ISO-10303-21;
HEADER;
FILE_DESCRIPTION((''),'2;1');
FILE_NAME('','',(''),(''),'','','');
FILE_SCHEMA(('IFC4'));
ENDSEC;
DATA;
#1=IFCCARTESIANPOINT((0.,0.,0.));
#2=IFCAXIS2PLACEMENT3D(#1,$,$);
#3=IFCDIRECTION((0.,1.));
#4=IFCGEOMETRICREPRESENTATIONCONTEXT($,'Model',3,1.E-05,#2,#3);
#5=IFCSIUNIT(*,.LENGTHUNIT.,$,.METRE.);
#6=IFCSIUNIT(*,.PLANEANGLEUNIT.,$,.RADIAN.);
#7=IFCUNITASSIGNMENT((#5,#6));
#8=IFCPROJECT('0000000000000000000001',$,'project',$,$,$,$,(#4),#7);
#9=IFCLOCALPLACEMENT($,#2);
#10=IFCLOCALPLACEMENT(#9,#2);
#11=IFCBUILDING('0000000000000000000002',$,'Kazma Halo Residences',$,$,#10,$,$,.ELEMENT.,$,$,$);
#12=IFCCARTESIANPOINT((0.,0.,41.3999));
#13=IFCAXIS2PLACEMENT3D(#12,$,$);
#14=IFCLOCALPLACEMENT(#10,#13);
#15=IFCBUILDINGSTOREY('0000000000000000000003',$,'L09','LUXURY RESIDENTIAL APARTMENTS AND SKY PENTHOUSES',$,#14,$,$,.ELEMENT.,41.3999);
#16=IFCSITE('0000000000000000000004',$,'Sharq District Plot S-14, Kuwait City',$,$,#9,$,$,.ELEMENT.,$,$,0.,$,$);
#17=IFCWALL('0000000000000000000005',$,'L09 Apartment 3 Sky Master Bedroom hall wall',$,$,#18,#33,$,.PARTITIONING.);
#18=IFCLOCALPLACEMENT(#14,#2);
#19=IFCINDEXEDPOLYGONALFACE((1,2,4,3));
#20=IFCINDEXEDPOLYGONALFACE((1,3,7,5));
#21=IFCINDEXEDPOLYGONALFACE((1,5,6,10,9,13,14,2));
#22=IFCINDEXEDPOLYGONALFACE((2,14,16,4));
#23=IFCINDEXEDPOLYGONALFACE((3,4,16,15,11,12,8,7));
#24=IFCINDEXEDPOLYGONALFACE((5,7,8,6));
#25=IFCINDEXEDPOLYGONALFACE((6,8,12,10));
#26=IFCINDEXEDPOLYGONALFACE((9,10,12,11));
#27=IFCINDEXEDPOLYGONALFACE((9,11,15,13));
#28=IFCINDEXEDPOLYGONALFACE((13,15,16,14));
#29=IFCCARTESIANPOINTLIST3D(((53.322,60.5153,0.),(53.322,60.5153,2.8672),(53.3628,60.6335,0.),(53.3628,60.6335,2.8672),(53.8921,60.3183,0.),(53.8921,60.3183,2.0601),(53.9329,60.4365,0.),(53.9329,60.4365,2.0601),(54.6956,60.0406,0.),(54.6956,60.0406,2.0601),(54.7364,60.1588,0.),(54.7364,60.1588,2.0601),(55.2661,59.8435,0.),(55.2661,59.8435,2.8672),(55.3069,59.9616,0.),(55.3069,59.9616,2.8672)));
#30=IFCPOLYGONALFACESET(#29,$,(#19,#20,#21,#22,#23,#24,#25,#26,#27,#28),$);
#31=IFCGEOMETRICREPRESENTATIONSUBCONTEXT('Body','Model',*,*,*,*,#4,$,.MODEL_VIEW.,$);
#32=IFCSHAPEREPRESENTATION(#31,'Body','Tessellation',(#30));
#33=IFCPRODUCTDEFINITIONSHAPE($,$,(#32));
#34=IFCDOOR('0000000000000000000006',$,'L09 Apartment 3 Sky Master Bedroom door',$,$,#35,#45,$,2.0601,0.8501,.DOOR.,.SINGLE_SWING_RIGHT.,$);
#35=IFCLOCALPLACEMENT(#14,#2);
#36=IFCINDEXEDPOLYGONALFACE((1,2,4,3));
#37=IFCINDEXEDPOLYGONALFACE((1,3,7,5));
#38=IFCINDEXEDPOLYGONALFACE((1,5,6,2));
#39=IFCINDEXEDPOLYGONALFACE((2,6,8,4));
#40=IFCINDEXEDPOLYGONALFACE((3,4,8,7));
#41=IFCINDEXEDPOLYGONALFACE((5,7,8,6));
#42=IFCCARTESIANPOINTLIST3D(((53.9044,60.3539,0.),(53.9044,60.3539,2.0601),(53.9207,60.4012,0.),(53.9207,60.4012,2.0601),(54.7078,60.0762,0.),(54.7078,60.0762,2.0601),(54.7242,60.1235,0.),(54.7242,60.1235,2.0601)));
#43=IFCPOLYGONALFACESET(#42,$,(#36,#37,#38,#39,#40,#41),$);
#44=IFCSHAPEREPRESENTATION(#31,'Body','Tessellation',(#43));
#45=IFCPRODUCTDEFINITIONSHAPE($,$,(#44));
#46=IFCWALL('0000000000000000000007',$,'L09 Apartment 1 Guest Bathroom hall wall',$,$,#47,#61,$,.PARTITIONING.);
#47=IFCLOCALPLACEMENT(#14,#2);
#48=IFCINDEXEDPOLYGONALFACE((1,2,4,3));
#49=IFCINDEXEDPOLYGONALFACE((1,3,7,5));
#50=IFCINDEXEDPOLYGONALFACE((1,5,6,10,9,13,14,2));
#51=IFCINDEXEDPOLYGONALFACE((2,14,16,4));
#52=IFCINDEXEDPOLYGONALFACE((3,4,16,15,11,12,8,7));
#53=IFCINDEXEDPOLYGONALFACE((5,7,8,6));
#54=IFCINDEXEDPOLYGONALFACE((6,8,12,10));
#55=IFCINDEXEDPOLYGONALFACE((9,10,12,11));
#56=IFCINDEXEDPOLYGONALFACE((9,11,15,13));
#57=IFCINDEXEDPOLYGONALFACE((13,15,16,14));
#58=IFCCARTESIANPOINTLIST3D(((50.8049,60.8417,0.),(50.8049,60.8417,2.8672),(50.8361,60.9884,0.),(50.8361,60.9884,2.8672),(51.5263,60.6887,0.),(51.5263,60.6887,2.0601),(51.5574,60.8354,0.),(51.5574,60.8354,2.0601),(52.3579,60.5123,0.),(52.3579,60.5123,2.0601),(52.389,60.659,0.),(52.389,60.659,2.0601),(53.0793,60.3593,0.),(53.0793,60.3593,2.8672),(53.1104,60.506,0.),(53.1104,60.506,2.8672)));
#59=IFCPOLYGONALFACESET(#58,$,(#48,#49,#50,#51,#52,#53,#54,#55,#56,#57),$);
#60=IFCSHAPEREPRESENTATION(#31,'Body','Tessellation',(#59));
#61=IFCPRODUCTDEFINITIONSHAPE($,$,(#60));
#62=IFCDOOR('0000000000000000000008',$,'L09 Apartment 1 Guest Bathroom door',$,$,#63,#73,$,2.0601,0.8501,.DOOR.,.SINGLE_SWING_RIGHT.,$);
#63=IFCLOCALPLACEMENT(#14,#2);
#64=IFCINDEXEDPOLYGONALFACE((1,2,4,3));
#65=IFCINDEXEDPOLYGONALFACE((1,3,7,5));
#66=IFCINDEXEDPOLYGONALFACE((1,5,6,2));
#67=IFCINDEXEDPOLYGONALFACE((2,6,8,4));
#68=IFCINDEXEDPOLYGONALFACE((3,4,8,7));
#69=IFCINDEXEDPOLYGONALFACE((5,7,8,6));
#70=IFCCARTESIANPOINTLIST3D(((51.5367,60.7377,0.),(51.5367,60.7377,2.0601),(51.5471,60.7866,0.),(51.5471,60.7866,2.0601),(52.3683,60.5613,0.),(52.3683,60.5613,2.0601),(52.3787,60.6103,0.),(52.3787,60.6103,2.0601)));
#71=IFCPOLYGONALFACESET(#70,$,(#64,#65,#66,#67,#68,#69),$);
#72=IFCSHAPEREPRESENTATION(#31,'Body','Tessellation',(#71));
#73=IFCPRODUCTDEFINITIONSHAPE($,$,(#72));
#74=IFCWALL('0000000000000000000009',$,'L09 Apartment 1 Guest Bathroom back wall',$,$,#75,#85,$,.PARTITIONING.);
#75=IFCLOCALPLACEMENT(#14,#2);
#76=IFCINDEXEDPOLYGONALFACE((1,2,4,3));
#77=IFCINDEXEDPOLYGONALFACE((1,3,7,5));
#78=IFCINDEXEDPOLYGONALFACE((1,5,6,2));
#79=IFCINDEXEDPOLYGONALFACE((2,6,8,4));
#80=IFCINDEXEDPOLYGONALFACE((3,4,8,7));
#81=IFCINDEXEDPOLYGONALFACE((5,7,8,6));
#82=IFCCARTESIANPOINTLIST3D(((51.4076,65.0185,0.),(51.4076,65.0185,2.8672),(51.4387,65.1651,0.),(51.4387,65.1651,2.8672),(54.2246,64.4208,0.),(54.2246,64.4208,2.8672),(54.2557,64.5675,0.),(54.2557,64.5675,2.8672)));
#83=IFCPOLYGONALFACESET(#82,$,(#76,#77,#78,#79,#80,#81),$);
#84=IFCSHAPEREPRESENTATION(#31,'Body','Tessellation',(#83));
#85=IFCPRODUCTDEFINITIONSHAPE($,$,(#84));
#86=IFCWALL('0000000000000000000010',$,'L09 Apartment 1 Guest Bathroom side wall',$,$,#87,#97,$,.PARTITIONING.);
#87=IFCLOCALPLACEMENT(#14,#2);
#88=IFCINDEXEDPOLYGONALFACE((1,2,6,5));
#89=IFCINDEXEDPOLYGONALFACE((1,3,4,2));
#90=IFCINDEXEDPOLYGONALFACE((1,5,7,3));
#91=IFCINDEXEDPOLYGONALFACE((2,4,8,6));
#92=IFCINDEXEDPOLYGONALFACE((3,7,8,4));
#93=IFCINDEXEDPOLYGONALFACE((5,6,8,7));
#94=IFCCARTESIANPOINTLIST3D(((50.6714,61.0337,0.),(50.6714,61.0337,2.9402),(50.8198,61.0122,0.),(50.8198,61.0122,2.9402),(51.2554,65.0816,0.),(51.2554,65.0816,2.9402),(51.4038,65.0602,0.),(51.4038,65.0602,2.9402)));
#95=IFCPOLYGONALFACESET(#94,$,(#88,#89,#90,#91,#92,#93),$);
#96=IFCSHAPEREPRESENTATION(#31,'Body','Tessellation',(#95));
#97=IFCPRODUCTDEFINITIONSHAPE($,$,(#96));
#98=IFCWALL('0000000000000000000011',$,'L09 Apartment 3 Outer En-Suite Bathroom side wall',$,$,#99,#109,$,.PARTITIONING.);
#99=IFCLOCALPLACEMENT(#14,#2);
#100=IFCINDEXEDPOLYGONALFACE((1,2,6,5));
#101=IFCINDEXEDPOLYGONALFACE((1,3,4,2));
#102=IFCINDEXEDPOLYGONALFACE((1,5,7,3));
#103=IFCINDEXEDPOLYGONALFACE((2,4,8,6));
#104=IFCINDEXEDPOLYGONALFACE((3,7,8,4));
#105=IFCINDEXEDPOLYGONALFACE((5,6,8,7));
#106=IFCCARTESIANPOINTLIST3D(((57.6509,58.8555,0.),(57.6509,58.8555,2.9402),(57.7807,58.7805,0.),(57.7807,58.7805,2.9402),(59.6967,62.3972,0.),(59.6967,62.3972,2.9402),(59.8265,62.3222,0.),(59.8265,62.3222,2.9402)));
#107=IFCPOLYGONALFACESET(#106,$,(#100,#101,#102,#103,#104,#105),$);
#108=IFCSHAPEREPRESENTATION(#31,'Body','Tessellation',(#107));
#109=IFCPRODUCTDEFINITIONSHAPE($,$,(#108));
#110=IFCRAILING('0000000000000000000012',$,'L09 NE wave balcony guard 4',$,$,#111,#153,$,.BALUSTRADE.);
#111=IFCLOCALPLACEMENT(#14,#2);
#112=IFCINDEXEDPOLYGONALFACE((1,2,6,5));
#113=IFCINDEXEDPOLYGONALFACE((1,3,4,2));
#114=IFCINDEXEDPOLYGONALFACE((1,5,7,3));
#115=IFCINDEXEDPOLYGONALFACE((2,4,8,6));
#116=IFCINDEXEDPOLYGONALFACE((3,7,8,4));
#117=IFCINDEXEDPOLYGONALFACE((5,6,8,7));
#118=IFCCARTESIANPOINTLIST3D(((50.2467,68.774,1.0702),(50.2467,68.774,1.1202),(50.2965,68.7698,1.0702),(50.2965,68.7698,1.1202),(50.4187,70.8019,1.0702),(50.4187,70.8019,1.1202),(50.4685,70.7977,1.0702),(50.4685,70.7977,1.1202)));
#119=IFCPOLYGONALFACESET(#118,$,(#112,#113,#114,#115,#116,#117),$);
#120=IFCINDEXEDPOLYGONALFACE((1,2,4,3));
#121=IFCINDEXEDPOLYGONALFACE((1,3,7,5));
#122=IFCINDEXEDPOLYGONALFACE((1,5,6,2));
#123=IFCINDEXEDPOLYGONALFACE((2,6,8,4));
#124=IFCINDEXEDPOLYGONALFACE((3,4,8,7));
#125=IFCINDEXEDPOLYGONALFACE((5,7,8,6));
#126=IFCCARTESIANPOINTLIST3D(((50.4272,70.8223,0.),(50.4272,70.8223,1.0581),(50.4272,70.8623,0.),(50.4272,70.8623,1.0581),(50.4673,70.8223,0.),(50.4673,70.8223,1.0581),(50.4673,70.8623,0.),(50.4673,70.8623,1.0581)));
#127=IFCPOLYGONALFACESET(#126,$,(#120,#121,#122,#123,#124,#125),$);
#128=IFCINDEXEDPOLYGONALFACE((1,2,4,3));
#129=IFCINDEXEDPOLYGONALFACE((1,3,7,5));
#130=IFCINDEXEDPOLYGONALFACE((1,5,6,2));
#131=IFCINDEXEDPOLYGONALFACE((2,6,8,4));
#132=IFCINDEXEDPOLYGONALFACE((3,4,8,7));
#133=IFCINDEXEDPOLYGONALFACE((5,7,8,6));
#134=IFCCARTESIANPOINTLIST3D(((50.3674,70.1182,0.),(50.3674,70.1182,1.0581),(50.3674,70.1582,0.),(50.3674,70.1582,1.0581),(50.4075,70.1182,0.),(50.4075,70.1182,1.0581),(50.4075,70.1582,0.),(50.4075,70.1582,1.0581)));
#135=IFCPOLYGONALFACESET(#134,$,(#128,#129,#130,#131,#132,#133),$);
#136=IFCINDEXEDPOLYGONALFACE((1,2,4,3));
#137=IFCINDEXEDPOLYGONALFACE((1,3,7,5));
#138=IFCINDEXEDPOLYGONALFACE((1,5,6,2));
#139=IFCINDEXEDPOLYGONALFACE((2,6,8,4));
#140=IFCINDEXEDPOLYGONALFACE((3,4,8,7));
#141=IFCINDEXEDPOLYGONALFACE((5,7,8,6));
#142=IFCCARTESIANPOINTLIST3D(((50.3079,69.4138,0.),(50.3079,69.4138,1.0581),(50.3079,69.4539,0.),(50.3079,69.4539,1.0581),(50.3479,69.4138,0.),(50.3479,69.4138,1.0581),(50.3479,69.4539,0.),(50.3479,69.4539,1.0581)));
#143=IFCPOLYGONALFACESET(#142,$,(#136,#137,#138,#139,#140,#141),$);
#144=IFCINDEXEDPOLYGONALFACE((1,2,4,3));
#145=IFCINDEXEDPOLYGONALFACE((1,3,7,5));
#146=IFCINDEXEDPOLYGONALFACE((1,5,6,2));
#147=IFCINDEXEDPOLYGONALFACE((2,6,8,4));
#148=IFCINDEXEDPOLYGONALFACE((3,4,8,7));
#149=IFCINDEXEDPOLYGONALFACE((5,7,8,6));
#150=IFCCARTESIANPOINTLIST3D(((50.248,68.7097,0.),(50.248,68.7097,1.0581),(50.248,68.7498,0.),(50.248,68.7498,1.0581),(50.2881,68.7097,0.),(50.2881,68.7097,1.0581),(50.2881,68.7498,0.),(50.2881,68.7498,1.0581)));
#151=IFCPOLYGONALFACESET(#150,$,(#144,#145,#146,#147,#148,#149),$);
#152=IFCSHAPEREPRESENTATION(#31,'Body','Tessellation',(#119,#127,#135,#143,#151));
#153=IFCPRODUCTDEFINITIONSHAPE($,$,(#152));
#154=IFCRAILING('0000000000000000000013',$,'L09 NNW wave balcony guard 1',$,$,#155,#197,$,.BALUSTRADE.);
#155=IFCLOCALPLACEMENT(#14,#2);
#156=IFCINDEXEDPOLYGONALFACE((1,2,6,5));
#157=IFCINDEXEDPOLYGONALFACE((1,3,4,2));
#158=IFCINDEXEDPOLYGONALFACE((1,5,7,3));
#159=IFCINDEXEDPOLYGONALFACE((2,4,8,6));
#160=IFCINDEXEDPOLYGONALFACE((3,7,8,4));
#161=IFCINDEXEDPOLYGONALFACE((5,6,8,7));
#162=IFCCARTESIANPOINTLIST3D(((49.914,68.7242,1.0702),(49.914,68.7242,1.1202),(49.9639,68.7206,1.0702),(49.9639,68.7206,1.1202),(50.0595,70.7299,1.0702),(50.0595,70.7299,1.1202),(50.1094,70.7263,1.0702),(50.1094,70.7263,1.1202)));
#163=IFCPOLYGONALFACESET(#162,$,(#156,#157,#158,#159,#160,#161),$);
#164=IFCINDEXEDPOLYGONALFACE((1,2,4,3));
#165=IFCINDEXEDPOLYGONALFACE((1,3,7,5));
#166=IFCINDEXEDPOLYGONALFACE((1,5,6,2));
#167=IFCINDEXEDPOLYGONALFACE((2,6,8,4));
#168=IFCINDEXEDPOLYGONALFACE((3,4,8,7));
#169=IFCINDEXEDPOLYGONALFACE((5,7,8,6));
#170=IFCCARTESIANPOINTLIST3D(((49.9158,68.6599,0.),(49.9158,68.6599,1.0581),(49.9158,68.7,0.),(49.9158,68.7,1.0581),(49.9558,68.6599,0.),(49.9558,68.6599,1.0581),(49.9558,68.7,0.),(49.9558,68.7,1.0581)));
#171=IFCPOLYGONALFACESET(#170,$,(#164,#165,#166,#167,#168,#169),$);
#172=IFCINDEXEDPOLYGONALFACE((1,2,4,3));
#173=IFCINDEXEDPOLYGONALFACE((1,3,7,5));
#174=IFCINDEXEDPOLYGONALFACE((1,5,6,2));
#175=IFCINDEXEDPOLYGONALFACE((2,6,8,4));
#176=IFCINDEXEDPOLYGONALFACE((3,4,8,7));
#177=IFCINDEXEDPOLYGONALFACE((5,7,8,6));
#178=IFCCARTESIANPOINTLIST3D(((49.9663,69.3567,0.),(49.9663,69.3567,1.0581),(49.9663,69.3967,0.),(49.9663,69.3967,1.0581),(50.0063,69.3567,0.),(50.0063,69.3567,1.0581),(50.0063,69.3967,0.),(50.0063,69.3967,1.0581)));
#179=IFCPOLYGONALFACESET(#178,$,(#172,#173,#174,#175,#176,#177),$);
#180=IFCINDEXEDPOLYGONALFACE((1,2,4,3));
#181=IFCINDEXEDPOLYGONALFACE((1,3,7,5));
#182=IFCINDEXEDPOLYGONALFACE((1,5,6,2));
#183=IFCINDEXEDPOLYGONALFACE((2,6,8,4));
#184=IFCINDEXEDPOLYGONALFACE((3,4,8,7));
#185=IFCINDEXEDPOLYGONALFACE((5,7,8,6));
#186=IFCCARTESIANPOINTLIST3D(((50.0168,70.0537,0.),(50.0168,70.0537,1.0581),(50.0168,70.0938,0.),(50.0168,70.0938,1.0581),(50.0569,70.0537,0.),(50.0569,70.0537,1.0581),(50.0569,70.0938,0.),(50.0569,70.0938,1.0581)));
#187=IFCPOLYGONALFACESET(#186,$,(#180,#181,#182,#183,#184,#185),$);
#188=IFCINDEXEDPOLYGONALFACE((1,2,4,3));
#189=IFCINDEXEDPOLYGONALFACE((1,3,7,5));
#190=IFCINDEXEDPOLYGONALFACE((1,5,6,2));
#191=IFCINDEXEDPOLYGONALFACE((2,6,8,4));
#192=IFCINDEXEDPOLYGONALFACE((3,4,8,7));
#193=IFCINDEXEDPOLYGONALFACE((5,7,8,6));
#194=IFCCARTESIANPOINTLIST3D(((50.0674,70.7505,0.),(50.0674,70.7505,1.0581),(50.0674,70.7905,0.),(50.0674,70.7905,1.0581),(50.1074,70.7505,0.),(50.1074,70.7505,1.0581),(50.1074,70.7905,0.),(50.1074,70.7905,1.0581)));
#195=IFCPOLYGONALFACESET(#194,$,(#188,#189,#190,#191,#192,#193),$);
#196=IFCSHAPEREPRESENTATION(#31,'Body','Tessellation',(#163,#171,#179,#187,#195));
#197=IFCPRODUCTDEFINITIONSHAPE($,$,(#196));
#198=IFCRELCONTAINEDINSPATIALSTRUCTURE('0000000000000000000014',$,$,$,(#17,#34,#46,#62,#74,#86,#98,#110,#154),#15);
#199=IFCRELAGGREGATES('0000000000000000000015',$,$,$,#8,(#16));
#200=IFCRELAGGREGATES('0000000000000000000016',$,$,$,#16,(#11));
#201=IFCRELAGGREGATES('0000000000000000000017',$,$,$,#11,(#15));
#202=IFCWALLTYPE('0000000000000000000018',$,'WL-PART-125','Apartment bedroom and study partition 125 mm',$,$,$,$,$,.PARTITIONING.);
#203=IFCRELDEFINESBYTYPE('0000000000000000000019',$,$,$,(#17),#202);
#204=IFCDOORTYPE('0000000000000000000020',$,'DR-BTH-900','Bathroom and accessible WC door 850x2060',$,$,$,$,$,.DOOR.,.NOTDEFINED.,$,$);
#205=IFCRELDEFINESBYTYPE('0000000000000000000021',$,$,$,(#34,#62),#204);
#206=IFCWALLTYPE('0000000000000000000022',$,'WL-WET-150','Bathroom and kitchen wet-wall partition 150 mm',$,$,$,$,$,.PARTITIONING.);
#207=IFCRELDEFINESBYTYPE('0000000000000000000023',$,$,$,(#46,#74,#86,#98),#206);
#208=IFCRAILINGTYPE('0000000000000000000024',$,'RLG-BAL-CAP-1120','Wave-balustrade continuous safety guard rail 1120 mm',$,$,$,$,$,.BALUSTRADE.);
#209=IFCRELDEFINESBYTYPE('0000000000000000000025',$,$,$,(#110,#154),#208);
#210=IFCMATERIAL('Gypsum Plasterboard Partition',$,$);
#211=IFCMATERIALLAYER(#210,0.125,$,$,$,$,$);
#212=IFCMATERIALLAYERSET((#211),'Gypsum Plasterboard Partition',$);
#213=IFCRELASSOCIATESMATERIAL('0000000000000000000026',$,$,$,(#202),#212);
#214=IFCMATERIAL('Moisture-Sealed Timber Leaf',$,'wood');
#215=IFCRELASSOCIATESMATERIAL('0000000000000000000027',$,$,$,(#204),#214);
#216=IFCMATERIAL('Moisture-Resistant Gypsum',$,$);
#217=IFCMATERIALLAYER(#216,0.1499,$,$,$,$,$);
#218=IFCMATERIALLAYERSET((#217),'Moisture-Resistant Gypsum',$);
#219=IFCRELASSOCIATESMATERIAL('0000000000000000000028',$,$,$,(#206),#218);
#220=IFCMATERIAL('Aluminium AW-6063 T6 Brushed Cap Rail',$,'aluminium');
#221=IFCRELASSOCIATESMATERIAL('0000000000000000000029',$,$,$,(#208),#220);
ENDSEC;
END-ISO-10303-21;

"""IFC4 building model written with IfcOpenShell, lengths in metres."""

from ifc_helpers import new_model, si_unit, direction, frame, frame_2d, origin, origin_2d, place, context, subcontext, project, spatial, rectangle, extrude, material, layer, layer_set, type_object, element, fill, save


model = new_model("IFC4")

# Units and contexts
model_context = context("Model", 3, precision=1e-05, world=origin(), true_north=direction((0.0, 1.0)))
body_context = subcontext(model_context, "Body", "Model", "MODEL_VIEW")
ifc_project = project(units=[si_unit("LENGTHUNIT", "METRE"), si_unit("PLANEANGLEUNIT", "RADIAN")], contexts=[model_context])

# Site, building, storey
site_placement = place(None, origin())
site = spatial("IfcSite", under=ifc_project, at=site_placement, Name="Sharq District Plot S-14, Kuwait City", CompositionType="ELEMENT", RefElevation=0.0)
building_placement = place(site_placement, origin())
building = spatial("IfcBuilding", under=site, at=building_placement, Name="Kazma Halo Residences", CompositionType="ELEMENT")
storey_placement = place(building_placement, frame((0.0, 0.0, 41.3999)))
storey = spatial("IfcBuildingStorey", under=building, at=storey_placement, Name="L09", Description="LUXURY RESIDENTIAL APARTMENTS AND SKY PENTHOUSES", CompositionType="ELEMENT", Elevation=41.3999)

# Shared definitions
ifc_material_1 = material(Name="Gypsum Plasterboard Partition")
ifc_layer_1 = layer(ifc_material_1, 0.125)
ifc_layer_set_1 = layer_set([ifc_layer_1], Name="Gypsum Plasterboard Partition")
wall_type_1 = type_object("IfcWallType", Name="WL-PART-125", Description="Apartment bedroom and study partition 125 mm", PredefinedType="PARTITIONING", material=ifc_layer_set_1)
ifc_material_2 = material(Name="Moisture-Sealed Timber Leaf", Category="wood")
door_type = type_object("IfcDoorType", Name="DR-BTH-900", Description="Bathroom and accessible WC door 850x2060", OperationType="NOTDEFINED", PredefinedType="DOOR", material=ifc_material_2)

# Walls, openings, doors
wall_1_placement = place(storey_placement, frame((55.2864, 59.9026, 0.0), z_axis=(0.0, 0.0, 1.0), x_axis=(-0.945148, 0.326642, 0.0)))
wall_1 = element("IfcWall", 1, at=wall_1_placement, inside=storey, type_object=wall_type_1, Name="L09 Apartment 3 Sky Master Bedroom hall wall", PredefinedType="PARTITIONING", context=body_context, shape_type="SweptSolid", body=[
    extrude(rectangle(XDim=2.0569, YDim=0.125, at=frame_2d((1.0283, 0.0))), origin(), (0.0, 0.0, 1.0), 2.8672),
])
opening_1_placement = place(wall_1_placement, frame((0.6035, 0.0, 0.0)))
opening_1 = element("IfcOpeningElement", 2, at=opening_1_placement, cuts=wall_1, PredefinedType="OPENING", context=body_context, shape_type="SweptSolid", body=[
    extrude(rectangle(XDim=0.8501, YDim=2.0601, at=frame_2d((0.425, 1.03))), frame((0.0, 0.0725, 0.0), z_axis=(0.0, -1.0, 0.0), x_axis=(1.0, 0.0, 0.0)), (0.0, 0.0, 1.0), 0.145),
])
door_1_placement = place(opening_1_placement, origin())
door_1 = element("IfcDoor", 3, at=door_1_placement, inside=storey, type_object=door_type, Name="L09 Apartment 3 Sky Master Bedroom door", OperationType="SINGLE_SWING_RIGHT", OverallHeight=2.0601, OverallWidth=0.8501, PredefinedType="DOOR", context=body_context, shape_type="SweptSolid", body=[
    extrude(rectangle(XDim=0.8501, YDim=2.0601, at=frame_2d((0.425, 1.03))), frame((0.0, 0.0249, 0.0), z_axis=(0.0, -1.0, 0.0), x_axis=(1.0, 0.0, 0.0)), (0.0, 0.0, 1.0), 0.05),
])
fill(opening_1, door_1)
ifc_material_3 = material(Name="Moisture-Resistant Gypsum")
ifc_layer_2 = layer(ifc_material_3, 0.1499)
ifc_layer_set_2 = layer_set([ifc_layer_2], Name="Moisture-Resistant Gypsum")
wall_type_2 = type_object("IfcWallType", Name="WL-WET-150", Description="Bathroom and kitchen wet-wall partition 150 mm", PredefinedType="PARTITIONING", material=ifc_layer_set_2)
wall_2_placement = place(storey_placement, frame((53.095, 60.4326, 0.0), z_axis=(0.0, 0.0, 1.0), x_axis=(-0.978237, 0.207492, 0.0)))
wall_2 = element("IfcWall", 4, at=wall_2_placement, inside=storey, type_object=wall_type_2, Name="L09 Apartment 1 Guest Bathroom hall wall", PredefinedType="PARTITIONING", context=body_context, shape_type="SweptSolid", body=[
    extrude(rectangle(XDim=2.325, YDim=0.1499, at=frame_2d((1.1626, 0.0))), origin(), (0.0, 0.0, 1.0), 2.8672),
])
opening_2_placement = place(wall_2_placement, frame((0.7375, 0.0, 0.0)))
opening_2 = element("IfcOpeningElement", 5, at=opening_2_placement, cuts=wall_2, PredefinedType="OPENING", context=body_context, shape_type="SweptSolid", body=[
    extrude(rectangle(XDim=0.8501, YDim=2.0601, at=frame_2d((0.425, 1.03))), frame((0.0, 0.085, 0.0), z_axis=(0.0, -1.0, 0.0), x_axis=(1.0, 0.0, 0.0)), (0.0, 0.0, 1.0), 0.1699),
])
door_2_placement = place(opening_2_placement, origin())
door_2 = element("IfcDoor", 6, at=door_2_placement, inside=storey, type_object=door_type, Name="L09 Apartment 1 Guest Bathroom door", OperationType="SINGLE_SWING_RIGHT", OverallHeight=2.0601, OverallWidth=0.8501, PredefinedType="DOOR", context=body_context, shape_type="SweptSolid", body=[
    extrude(rectangle(XDim=0.8501, YDim=2.0601, at=frame_2d((0.425, 1.03))), frame((0.0, 0.0249, 0.0), z_axis=(0.0, -1.0, 0.0), x_axis=(1.0, 0.0, 0.0)), (0.0, 0.0, 1.0), 0.05),
])
fill(opening_2, door_2)

# Walls
wall_3_placement = place(storey_placement, frame((54.2402, 64.4941, 0.0), z_axis=(0.0, 0.0, 1.0), x_axis=(-0.978225, 0.207548, 0.0)))
element("IfcWall", 7, at=wall_3_placement, inside=storey, type_object=wall_type_2, Name="L09 Apartment 1 Guest Bathroom back wall", PredefinedType="PARTITIONING", context=body_context, shape_type="SweptSolid", body=[
    extrude(rectangle(XDim=2.8796, YDim=0.1499, at=frame_2d((1.4399, 0.0))), origin(), (0.0, 0.0, 1.0), 2.8672),
])
wall_4_placement = place(storey_placement, frame((50.7456, 61.0229, 0.0), z_axis=(0.0, 0.0, 1.0), x_axis=(0.142792, 0.989753, 0.0)))
element("IfcWall", 8, at=wall_4_placement, inside=storey, type_object=wall_type_2, Name="L09 Apartment 1 Guest Bathroom side wall", PredefinedType="PARTITIONING", context=body_context, shape_type="SweptSolid", body=[
    extrude(rectangle(XDim=4.0898, YDim=0.1499, at=frame_2d((2.0449, 0.0))), origin(), (0.0, 0.0, 1.0), 2.9402),
])
wall_5_placement = place(storey_placement, frame((57.7158, 58.8181, 0.0), z_axis=(0.0, 0.0, 1.0), x_axis=(0.500196, 0.865912, 0.0)))
element("IfcWall", 9, at=wall_5_placement, inside=storey, type_object=wall_type_2, Name="L09 Apartment 3 Outer En-Suite Bathroom side wall", PredefinedType="PARTITIONING", context=body_context, shape_type="SweptSolid", body=[
    extrude(rectangle(XDim=4.0901, YDim=0.1499, at=frame_2d((2.0449, 0.0))), origin(), (0.0, 0.0, 1.0), 2.9402),
])

# Railings
ifc_material_4 = material(Name="Aluminium AW-6063 T6 Brushed Cap Rail", Category="aluminium")
railing_type = type_object("IfcRailingType", Name="RLG-BAL-CAP-1120", Description="Wave-balustrade continuous safety guard rail 1120 mm", PredefinedType="BALUSTRADE", material=ifc_material_4)
railing_1_placement = place(storey_placement, frame((50.4473, 70.8423, 0.0)))
element("IfcRailing", 10, at=railing_1_placement, inside=storey, type_object=railing_type, Name="L09 NE wave balcony guard 4", PredefinedType="BALUSTRADE", context=body_context, shape_type="SweptSolid", body=[
    extrude(rectangle(XDim=0.05, YDim=0.05, at=origin_2d()), frame((-0.0037, -0.0425, 1.0952), z_axis=(-0.084523, -0.996422, 0.0), x_axis=(0.996422, -0.084523, 0.0)), (0.0, 0.0, 1.0), 2.0352),
    extrude(rectangle(XDim=0.04, YDim=0.04, at=origin_2d()), origin(), (0.0, 0.0, 1.0), 1.0581),
    extrude(rectangle(XDim=0.04, YDim=0.04, at=origin_2d()), frame((-0.0598, -0.7041, 0.0)), (0.0, 0.0, 1.0), 1.0581),
    extrude(rectangle(XDim=0.04, YDim=0.04, at=origin_2d()), frame((-0.1194, -1.4084, 0.0)), (0.0, 0.0, 1.0), 1.0581),
    extrude(rectangle(XDim=0.04, YDim=0.04, at=origin_2d()), frame((-0.1792, -2.1125, 0.0)), (0.0, 0.0, 1.0), 1.0581),
])
railing_2_placement = place(storey_placement, frame((49.9358, 68.6799, 0.0)))
element("IfcRailing", 11, at=railing_2_placement, inside=storey, type_object=railing_type, Name="L09 NNW wave balcony guard 1", PredefinedType="BALUSTRADE", context=body_context, shape_type="SweptSolid", body=[
    extrude(rectangle(XDim=0.05, YDim=0.05, at=origin_2d()), frame((0.0032, 0.0425, 1.0952), z_axis=(0.072331, 0.997381, 0.0), x_axis=(-0.997381, 0.072331, 0.0)), (0.0, 0.0, 1.0), 2.011),
    extrude(rectangle(XDim=0.04, YDim=0.04, at=origin_2d()), origin(), (0.0, 0.0, 1.0), 1.0581),
    extrude(rectangle(XDim=0.04, YDim=0.04, at=origin_2d()), frame((0.0505, 0.6968, 0.0)), (0.0, 0.0, 1.0), 1.0581),
    extrude(rectangle(XDim=0.04, YDim=0.04, at=origin_2d()), frame((0.1011, 1.3938, 0.0)), (0.0, 0.0, 1.0), 1.0581),
    extrude(rectangle(XDim=0.04, YDim=0.04, at=origin_2d()), frame((0.1516, 2.0906, 0.0)), (0.0, 0.0, 1.0), 1.0581),
])

save(model, "model.ifc")
